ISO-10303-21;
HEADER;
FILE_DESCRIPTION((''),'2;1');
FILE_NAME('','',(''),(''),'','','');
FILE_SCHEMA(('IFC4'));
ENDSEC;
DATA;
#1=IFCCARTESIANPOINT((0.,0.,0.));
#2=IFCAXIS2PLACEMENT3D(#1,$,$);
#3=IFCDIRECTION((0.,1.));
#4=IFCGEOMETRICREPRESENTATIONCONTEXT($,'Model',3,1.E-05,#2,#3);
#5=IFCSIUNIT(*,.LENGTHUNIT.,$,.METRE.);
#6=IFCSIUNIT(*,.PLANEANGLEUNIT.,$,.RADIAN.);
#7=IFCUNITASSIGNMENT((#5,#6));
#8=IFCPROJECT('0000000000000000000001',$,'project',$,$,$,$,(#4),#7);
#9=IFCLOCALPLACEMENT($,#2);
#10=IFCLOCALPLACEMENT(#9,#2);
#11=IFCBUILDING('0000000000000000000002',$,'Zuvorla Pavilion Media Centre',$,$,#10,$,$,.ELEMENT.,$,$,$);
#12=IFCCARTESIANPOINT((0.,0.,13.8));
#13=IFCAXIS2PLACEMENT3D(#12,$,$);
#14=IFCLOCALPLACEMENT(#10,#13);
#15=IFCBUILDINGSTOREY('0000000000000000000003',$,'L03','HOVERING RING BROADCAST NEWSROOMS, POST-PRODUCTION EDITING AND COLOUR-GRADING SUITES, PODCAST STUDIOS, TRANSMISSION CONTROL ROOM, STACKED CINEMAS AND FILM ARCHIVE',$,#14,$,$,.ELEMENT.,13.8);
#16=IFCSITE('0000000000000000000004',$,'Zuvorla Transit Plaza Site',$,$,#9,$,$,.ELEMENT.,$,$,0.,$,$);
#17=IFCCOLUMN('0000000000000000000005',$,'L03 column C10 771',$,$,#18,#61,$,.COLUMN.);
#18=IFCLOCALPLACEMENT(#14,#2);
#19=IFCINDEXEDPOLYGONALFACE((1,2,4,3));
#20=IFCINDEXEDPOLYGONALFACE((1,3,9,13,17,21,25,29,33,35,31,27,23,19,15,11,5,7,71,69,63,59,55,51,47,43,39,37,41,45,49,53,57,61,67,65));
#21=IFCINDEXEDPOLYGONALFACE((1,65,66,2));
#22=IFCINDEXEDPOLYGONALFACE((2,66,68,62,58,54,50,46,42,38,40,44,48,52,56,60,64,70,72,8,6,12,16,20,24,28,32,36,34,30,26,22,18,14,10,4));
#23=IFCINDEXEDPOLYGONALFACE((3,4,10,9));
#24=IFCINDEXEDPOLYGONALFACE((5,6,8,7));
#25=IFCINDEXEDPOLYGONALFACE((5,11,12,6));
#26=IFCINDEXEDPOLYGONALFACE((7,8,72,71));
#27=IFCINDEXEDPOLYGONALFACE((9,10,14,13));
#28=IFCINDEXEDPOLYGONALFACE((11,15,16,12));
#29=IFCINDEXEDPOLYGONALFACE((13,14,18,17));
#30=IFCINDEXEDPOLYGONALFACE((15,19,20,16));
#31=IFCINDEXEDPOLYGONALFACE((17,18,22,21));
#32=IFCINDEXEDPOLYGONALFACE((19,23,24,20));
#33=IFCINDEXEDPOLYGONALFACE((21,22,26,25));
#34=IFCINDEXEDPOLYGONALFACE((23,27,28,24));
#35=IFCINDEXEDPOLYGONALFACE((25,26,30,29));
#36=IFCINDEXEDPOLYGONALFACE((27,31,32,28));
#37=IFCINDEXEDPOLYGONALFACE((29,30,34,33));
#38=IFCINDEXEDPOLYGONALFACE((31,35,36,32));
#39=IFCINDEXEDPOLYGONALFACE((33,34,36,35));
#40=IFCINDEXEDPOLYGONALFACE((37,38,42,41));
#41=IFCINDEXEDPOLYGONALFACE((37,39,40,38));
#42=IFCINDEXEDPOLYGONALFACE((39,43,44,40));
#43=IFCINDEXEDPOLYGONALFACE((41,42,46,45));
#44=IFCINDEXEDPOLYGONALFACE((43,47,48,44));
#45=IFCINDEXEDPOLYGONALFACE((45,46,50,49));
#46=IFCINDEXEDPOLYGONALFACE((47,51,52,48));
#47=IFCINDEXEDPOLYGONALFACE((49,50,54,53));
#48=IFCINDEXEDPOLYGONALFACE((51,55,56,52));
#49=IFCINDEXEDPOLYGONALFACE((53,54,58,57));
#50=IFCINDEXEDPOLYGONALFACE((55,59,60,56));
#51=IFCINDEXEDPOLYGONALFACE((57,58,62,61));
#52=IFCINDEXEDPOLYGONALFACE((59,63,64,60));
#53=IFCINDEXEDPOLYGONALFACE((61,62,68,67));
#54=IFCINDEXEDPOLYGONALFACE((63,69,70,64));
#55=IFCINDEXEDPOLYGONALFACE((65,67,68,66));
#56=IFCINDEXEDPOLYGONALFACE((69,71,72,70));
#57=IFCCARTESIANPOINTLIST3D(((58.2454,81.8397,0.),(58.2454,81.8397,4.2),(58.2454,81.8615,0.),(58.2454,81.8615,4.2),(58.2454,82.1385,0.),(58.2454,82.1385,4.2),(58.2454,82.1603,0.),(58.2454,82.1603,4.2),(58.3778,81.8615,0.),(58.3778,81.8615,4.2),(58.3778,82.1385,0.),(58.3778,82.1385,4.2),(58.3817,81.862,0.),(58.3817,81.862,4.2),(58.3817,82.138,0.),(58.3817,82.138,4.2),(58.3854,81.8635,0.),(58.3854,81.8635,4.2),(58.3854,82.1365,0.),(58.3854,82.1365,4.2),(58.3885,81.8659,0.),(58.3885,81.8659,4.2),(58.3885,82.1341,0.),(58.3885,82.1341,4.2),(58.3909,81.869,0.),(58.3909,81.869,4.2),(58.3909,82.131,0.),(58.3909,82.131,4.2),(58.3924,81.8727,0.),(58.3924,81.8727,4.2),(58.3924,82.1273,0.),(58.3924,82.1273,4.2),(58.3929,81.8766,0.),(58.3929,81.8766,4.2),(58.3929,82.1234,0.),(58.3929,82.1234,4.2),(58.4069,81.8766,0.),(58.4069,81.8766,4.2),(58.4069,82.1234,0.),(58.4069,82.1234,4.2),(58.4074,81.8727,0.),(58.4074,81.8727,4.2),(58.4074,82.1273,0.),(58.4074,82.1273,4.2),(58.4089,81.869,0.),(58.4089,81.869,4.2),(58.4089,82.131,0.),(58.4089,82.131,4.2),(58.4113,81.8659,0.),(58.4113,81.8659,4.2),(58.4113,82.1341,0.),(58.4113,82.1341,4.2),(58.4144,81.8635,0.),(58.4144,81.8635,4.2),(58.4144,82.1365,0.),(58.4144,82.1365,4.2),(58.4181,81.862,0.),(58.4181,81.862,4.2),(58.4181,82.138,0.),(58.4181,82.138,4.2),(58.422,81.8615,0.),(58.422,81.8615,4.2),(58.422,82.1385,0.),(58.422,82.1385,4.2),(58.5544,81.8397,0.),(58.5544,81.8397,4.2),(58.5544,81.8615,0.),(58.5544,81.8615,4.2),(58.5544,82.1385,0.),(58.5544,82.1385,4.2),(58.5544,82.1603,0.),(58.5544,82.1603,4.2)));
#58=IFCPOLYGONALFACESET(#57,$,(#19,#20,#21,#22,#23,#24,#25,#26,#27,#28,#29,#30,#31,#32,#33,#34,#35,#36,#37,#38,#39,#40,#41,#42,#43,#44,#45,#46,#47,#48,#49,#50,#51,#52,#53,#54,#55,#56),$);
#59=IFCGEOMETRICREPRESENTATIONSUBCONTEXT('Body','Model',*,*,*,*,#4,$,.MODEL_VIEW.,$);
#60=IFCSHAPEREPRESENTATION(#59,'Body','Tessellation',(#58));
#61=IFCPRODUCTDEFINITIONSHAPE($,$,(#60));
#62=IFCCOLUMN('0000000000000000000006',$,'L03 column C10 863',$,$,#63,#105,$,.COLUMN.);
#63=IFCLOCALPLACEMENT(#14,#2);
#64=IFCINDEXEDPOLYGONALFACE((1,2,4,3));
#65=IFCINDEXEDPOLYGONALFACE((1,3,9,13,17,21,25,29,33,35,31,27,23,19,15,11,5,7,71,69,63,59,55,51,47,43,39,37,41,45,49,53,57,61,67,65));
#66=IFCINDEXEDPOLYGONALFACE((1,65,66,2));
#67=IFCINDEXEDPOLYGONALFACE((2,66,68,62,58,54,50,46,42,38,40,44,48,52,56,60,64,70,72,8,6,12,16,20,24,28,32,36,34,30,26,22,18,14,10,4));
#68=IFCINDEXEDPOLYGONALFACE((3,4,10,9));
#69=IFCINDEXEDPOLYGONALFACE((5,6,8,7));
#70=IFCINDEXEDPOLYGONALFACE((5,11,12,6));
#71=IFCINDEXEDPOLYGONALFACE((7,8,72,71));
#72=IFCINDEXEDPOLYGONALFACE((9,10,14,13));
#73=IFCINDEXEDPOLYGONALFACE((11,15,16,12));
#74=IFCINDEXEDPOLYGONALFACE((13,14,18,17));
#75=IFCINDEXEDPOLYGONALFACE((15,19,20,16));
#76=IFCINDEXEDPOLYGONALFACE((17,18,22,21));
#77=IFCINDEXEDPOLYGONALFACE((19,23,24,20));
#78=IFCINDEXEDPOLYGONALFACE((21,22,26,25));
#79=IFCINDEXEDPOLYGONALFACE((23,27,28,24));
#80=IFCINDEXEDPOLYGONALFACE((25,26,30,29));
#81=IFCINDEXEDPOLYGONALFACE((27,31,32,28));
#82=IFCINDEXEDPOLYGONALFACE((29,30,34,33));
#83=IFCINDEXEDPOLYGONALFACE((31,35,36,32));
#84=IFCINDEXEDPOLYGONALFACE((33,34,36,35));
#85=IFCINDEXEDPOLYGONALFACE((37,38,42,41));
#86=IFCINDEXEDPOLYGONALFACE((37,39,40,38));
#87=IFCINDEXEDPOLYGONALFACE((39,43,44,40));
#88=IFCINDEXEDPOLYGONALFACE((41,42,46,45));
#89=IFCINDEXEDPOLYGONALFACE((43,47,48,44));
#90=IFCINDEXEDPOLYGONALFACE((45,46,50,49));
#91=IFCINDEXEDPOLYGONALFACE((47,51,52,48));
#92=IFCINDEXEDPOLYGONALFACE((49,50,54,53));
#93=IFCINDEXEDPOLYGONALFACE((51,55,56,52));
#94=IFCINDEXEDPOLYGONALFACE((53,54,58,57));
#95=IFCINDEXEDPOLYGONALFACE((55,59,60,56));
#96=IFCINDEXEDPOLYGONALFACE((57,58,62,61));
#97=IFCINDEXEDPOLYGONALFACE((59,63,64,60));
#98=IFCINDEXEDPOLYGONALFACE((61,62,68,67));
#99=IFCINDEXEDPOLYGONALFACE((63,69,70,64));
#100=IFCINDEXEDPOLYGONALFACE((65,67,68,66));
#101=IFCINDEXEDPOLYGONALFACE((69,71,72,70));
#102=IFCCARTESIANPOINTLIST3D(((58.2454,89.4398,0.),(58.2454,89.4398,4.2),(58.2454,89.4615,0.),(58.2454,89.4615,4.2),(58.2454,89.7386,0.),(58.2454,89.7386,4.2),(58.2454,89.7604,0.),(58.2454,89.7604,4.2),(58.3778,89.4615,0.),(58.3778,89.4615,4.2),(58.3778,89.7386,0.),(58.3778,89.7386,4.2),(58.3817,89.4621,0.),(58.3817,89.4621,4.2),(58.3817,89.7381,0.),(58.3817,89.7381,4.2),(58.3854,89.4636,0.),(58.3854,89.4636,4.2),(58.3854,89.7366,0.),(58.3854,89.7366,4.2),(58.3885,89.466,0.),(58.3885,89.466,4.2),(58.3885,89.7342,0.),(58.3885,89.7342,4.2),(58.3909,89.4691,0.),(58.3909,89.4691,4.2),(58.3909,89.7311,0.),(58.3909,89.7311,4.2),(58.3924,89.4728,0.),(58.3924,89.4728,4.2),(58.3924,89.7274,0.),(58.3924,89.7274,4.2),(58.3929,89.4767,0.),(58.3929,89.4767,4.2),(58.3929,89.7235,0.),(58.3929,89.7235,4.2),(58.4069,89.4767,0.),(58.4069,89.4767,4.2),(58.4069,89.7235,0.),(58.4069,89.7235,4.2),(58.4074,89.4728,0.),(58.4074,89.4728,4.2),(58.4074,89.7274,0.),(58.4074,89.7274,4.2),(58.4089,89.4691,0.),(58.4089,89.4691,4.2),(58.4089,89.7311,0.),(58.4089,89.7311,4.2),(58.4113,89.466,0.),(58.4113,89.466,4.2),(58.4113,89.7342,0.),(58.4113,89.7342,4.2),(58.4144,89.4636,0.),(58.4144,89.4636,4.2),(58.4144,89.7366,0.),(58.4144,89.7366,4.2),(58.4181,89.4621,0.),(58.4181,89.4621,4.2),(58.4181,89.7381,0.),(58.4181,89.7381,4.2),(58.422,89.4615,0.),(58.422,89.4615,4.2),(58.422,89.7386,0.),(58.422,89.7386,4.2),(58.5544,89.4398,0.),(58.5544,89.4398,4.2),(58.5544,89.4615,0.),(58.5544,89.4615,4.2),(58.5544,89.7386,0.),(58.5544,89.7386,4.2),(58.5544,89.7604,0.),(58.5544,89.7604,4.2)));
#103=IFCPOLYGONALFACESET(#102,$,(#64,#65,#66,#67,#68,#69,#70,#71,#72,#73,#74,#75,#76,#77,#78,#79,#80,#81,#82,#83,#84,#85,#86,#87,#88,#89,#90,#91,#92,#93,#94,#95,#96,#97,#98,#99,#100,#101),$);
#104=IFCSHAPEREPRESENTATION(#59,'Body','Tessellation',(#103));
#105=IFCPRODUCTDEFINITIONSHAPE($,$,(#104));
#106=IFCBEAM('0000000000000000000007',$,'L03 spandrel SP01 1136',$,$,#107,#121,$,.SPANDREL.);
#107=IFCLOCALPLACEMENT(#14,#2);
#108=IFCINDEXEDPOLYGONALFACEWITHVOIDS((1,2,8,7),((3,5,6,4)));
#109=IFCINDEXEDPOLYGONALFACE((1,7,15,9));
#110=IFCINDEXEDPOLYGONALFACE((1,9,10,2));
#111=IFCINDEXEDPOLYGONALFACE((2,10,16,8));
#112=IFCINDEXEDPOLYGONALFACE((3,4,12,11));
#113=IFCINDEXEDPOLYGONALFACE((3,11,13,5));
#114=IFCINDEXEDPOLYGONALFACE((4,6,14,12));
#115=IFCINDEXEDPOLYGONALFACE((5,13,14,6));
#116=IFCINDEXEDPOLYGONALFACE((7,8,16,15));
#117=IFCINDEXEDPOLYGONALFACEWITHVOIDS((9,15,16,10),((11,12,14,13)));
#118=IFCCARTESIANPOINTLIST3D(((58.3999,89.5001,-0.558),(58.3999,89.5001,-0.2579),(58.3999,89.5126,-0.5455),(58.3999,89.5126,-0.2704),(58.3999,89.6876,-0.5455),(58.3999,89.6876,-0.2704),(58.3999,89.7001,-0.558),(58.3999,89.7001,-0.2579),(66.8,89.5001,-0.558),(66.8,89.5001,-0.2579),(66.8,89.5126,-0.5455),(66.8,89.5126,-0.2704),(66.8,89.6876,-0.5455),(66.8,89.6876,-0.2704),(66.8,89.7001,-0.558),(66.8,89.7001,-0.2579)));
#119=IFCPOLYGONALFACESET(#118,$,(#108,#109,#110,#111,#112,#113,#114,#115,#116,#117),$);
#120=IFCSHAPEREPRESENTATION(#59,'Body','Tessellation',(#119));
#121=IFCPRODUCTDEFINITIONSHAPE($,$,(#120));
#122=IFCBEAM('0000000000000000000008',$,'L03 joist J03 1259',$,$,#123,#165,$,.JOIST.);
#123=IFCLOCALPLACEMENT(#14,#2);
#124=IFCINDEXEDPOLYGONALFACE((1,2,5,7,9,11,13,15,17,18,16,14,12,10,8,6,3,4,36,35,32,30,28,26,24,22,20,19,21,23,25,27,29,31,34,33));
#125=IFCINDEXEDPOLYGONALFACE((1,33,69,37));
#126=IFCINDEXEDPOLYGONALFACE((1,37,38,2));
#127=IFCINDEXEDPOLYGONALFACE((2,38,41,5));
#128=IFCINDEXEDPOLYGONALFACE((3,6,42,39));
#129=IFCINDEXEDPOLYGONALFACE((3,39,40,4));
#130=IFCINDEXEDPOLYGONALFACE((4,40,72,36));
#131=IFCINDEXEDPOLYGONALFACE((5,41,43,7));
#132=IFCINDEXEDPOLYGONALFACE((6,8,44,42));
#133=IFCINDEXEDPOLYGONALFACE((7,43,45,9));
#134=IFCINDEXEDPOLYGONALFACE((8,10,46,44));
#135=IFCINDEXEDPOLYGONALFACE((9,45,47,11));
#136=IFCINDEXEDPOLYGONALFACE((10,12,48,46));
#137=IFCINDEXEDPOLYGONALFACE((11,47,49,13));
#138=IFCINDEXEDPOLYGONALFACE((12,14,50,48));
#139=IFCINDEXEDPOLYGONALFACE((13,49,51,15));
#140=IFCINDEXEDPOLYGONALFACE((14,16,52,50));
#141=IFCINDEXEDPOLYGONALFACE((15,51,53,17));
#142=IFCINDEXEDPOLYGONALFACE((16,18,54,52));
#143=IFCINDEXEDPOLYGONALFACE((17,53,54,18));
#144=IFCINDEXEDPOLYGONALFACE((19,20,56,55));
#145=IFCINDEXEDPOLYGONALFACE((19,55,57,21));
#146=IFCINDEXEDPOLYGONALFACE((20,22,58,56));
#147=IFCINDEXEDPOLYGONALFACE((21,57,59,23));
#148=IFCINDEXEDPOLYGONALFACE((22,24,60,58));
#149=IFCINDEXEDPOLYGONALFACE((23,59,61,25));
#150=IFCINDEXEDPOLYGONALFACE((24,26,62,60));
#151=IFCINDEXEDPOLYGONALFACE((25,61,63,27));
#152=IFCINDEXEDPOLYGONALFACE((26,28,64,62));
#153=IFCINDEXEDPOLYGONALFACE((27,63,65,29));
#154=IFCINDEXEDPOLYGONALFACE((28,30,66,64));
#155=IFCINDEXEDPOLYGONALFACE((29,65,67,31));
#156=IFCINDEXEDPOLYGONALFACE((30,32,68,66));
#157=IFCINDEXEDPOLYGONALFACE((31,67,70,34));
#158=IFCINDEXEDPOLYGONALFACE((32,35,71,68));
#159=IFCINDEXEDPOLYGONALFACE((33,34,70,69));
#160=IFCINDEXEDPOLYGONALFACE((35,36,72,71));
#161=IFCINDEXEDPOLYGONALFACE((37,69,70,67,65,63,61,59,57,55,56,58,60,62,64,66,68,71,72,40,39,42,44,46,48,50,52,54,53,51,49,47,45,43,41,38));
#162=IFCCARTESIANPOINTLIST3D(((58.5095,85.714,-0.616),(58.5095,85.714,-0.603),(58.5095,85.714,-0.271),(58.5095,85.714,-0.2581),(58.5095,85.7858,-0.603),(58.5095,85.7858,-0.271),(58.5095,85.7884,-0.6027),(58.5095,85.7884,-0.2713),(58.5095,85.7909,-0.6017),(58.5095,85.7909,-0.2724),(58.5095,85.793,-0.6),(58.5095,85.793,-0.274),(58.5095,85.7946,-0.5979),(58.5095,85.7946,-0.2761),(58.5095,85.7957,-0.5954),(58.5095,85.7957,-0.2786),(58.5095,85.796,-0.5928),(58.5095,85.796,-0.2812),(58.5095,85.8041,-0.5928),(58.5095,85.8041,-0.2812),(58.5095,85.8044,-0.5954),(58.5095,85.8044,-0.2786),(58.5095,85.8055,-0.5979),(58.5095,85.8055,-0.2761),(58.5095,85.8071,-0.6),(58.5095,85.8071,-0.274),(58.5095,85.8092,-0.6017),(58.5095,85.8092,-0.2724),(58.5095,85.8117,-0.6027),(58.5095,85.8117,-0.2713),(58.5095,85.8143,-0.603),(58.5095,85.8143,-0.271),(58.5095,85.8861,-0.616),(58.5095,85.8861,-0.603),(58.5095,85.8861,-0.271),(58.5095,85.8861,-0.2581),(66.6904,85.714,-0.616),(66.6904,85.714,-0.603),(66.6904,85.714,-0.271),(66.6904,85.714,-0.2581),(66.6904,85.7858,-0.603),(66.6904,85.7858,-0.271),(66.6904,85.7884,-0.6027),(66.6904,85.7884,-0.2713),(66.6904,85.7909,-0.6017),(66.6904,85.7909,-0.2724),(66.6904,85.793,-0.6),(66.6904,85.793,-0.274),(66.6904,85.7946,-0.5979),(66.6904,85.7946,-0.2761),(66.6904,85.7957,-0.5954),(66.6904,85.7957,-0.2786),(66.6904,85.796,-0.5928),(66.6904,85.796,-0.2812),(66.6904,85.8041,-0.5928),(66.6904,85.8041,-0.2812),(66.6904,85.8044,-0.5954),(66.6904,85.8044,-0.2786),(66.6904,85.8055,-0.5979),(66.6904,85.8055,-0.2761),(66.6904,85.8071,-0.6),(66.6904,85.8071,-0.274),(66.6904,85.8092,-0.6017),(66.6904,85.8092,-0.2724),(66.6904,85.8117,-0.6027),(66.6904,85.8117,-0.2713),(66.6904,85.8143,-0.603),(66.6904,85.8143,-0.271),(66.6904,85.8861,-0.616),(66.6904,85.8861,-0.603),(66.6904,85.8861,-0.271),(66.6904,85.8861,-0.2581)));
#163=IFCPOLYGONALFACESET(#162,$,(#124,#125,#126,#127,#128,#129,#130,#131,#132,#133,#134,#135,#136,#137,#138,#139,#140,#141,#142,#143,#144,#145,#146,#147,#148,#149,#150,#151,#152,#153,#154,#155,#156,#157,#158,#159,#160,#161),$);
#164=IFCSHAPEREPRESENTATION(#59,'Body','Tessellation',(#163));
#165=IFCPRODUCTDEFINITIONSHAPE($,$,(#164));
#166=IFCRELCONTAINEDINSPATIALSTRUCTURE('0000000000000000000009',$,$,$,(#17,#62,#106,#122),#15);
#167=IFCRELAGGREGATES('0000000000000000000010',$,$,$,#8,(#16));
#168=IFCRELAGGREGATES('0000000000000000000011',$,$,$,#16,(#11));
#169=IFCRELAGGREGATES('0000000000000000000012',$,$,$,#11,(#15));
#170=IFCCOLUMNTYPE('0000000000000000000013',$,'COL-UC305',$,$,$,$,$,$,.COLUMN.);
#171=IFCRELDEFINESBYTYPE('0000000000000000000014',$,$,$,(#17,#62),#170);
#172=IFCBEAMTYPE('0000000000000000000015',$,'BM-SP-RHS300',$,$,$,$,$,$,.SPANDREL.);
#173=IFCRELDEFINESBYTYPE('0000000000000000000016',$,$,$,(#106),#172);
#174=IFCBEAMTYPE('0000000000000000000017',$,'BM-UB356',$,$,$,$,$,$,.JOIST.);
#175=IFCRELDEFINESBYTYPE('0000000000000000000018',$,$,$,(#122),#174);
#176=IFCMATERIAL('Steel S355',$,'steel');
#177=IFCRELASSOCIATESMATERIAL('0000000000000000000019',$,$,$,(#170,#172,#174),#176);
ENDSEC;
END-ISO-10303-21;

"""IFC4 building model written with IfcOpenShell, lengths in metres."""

from ifc_helpers import new_model, si_unit, direction, frame, origin, origin_2d, place, context, subcontext, project, spatial, hollow_rectangle, i_section, extrude, material, material_profile, profile_set, type_object, element, save


model = new_model("IFC4")

# Units and contexts
model_context = context("Model", 3, precision=1e-05, world=origin(), true_north=direction((0.0, 1.0)))
body_context = subcontext(model_context, "Body", "Model", "MODEL_VIEW")
ifc_project = project(units=[si_unit("LENGTHUNIT", "METRE"), si_unit("PLANEANGLEUNIT", "RADIAN")], contexts=[model_context])

# Site, building, storey
site_placement = place(None, origin())
site = spatial("IfcSite", under=ifc_project, at=site_placement, Name="Zuvorla Transit Plaza Site", CompositionType="ELEMENT", RefElevation=0.0)
building_placement = place(site_placement, origin())
building = spatial("IfcBuilding", under=site, at=building_placement, Name="Zuvorla Pavilion Media Centre", CompositionType="ELEMENT")
storey_placement = place(building_placement, frame((0.0, 0.0, 13.8)))
storey = spatial("IfcBuildingStorey", under=building, at=storey_placement, Name="L03", Description="HOVERING RING BROADCAST NEWSROOMS, POST-PRODUCTION EDITING AND COLOUR-GRADING SUITES, PODCAST STUDIOS, TRANSMISSION CONTROL ROOM, STACKED CINEMAS AND FILM ARCHIVE", CompositionType="ELEMENT", Elevation=13.8)

# Columns
ifc_material_1 = material(Name="Steel S355", Category="steel")
ifc_material_profile_1 = material_profile(ifc_material_1, i_section(OverallWidth=0.3091, OverallDepth=0.3206, WebThickness=0.0139, FlangeThickness=0.0217, FilletRadius=0.0151, at=origin_2d()), Name="UC 305x305x137")
ifc_profile_set_1 = profile_set([ifc_material_profile_1], Name="Steel S355")
column_type = type_object("IfcColumnType", Name="COL-UC305", PredefinedType="COLUMN", material=ifc_profile_set_1)
for number, where, z_axis, x_axis, name in (
    (1, (58.3999, 82.0, 0.0), (0.0, 0.0, 1.0), (1.0, 0.0, 0.0), "L03 column C10 771"),
    (2, (58.3999, 89.6001, 0.0), (0.0, 0.0, 1.0), (1.0, 0.0, 0.0), "L03 column C10 863"),
):
    element("IfcColumn", number, at=place(storey_placement, frame(where, z_axis=z_axis, x_axis=x_axis)), inside=storey, type_object=column_type, Name=name, PredefinedType="COLUMN", context=body_context, shape_type="SweptSolid", body=[
        extrude(i_section(OverallWidth=0.3091, OverallDepth=0.3206, WebThickness=0.0139, FlangeThickness=0.0217, FilletRadius=0.0151, at=origin_2d()), origin(), (0.0, 0.0, 1.0), 4.2),
    ])

# Beams
ifc_material_profile_2 = material_profile(ifc_material_1, hollow_rectangle(XDim=0.2, YDim=0.3, WallThickness=0.0125, at=origin_2d()), Name="RHS 300x200x12.5")
ifc_profile_set_2 = profile_set([ifc_material_profile_2], Name="Steel S355")
beam_type_1 = type_object("IfcBeamType", Name="BM-SP-RHS300", PredefinedType="SPANDREL", material=ifc_profile_set_2)
beam_1_placement = place(storey_placement, frame((58.3999, 89.6001, -0.408), z_axis=(1.0, 0.0, 0.0), x_axis=(0.0, 1.0, 0.0)))
element("IfcBeam", 3, at=beam_1_placement, inside=storey, type_object=beam_type_1, Name="L03 spandrel SP01 1136", PredefinedType="SPANDREL", context=body_context, shape_type="SweptSolid", body=[
    extrude(hollow_rectangle(XDim=0.2, YDim=0.3, WallThickness=0.0125, at=origin_2d()), origin(), (0.0, 0.0, 1.0), 8.4001),
])
ifc_material_profile_3 = material_profile(ifc_material_1, i_section(OverallWidth=0.1721, OverallDepth=0.3579, WebThickness=0.0081, FlangeThickness=0.0129, FilletRadius=0.0103, at=origin_2d()), Name="UB 356x171x57")
ifc_profile_set_3 = profile_set([ifc_material_profile_3], Name="Steel S355")
beam_type_2 = type_object("IfcBeamType", Name="BM-UB356", PredefinedType="JOIST", material=ifc_profile_set_3)
beam_2_placement = place(storey_placement, frame((58.5095, 85.8, -0.437), z_axis=(1.0, 0.0, 0.0), x_axis=(0.0, 1.0, 0.0)))
element("IfcBeam", 4, at=beam_2_placement, inside=storey, type_object=beam_type_2, Name="L03 joist J03 1259", PredefinedType="JOIST", context=body_context, shape_type="SweptSolid", body=[
    extrude(i_section(OverallWidth=0.1721, OverallDepth=0.3579, WebThickness=0.0081, FlangeThickness=0.0129, FilletRadius=0.0103, at=origin_2d()), origin(), (0.0, 0.0, 1.0), 8.1809),
])

save(model, "model.ifc")
